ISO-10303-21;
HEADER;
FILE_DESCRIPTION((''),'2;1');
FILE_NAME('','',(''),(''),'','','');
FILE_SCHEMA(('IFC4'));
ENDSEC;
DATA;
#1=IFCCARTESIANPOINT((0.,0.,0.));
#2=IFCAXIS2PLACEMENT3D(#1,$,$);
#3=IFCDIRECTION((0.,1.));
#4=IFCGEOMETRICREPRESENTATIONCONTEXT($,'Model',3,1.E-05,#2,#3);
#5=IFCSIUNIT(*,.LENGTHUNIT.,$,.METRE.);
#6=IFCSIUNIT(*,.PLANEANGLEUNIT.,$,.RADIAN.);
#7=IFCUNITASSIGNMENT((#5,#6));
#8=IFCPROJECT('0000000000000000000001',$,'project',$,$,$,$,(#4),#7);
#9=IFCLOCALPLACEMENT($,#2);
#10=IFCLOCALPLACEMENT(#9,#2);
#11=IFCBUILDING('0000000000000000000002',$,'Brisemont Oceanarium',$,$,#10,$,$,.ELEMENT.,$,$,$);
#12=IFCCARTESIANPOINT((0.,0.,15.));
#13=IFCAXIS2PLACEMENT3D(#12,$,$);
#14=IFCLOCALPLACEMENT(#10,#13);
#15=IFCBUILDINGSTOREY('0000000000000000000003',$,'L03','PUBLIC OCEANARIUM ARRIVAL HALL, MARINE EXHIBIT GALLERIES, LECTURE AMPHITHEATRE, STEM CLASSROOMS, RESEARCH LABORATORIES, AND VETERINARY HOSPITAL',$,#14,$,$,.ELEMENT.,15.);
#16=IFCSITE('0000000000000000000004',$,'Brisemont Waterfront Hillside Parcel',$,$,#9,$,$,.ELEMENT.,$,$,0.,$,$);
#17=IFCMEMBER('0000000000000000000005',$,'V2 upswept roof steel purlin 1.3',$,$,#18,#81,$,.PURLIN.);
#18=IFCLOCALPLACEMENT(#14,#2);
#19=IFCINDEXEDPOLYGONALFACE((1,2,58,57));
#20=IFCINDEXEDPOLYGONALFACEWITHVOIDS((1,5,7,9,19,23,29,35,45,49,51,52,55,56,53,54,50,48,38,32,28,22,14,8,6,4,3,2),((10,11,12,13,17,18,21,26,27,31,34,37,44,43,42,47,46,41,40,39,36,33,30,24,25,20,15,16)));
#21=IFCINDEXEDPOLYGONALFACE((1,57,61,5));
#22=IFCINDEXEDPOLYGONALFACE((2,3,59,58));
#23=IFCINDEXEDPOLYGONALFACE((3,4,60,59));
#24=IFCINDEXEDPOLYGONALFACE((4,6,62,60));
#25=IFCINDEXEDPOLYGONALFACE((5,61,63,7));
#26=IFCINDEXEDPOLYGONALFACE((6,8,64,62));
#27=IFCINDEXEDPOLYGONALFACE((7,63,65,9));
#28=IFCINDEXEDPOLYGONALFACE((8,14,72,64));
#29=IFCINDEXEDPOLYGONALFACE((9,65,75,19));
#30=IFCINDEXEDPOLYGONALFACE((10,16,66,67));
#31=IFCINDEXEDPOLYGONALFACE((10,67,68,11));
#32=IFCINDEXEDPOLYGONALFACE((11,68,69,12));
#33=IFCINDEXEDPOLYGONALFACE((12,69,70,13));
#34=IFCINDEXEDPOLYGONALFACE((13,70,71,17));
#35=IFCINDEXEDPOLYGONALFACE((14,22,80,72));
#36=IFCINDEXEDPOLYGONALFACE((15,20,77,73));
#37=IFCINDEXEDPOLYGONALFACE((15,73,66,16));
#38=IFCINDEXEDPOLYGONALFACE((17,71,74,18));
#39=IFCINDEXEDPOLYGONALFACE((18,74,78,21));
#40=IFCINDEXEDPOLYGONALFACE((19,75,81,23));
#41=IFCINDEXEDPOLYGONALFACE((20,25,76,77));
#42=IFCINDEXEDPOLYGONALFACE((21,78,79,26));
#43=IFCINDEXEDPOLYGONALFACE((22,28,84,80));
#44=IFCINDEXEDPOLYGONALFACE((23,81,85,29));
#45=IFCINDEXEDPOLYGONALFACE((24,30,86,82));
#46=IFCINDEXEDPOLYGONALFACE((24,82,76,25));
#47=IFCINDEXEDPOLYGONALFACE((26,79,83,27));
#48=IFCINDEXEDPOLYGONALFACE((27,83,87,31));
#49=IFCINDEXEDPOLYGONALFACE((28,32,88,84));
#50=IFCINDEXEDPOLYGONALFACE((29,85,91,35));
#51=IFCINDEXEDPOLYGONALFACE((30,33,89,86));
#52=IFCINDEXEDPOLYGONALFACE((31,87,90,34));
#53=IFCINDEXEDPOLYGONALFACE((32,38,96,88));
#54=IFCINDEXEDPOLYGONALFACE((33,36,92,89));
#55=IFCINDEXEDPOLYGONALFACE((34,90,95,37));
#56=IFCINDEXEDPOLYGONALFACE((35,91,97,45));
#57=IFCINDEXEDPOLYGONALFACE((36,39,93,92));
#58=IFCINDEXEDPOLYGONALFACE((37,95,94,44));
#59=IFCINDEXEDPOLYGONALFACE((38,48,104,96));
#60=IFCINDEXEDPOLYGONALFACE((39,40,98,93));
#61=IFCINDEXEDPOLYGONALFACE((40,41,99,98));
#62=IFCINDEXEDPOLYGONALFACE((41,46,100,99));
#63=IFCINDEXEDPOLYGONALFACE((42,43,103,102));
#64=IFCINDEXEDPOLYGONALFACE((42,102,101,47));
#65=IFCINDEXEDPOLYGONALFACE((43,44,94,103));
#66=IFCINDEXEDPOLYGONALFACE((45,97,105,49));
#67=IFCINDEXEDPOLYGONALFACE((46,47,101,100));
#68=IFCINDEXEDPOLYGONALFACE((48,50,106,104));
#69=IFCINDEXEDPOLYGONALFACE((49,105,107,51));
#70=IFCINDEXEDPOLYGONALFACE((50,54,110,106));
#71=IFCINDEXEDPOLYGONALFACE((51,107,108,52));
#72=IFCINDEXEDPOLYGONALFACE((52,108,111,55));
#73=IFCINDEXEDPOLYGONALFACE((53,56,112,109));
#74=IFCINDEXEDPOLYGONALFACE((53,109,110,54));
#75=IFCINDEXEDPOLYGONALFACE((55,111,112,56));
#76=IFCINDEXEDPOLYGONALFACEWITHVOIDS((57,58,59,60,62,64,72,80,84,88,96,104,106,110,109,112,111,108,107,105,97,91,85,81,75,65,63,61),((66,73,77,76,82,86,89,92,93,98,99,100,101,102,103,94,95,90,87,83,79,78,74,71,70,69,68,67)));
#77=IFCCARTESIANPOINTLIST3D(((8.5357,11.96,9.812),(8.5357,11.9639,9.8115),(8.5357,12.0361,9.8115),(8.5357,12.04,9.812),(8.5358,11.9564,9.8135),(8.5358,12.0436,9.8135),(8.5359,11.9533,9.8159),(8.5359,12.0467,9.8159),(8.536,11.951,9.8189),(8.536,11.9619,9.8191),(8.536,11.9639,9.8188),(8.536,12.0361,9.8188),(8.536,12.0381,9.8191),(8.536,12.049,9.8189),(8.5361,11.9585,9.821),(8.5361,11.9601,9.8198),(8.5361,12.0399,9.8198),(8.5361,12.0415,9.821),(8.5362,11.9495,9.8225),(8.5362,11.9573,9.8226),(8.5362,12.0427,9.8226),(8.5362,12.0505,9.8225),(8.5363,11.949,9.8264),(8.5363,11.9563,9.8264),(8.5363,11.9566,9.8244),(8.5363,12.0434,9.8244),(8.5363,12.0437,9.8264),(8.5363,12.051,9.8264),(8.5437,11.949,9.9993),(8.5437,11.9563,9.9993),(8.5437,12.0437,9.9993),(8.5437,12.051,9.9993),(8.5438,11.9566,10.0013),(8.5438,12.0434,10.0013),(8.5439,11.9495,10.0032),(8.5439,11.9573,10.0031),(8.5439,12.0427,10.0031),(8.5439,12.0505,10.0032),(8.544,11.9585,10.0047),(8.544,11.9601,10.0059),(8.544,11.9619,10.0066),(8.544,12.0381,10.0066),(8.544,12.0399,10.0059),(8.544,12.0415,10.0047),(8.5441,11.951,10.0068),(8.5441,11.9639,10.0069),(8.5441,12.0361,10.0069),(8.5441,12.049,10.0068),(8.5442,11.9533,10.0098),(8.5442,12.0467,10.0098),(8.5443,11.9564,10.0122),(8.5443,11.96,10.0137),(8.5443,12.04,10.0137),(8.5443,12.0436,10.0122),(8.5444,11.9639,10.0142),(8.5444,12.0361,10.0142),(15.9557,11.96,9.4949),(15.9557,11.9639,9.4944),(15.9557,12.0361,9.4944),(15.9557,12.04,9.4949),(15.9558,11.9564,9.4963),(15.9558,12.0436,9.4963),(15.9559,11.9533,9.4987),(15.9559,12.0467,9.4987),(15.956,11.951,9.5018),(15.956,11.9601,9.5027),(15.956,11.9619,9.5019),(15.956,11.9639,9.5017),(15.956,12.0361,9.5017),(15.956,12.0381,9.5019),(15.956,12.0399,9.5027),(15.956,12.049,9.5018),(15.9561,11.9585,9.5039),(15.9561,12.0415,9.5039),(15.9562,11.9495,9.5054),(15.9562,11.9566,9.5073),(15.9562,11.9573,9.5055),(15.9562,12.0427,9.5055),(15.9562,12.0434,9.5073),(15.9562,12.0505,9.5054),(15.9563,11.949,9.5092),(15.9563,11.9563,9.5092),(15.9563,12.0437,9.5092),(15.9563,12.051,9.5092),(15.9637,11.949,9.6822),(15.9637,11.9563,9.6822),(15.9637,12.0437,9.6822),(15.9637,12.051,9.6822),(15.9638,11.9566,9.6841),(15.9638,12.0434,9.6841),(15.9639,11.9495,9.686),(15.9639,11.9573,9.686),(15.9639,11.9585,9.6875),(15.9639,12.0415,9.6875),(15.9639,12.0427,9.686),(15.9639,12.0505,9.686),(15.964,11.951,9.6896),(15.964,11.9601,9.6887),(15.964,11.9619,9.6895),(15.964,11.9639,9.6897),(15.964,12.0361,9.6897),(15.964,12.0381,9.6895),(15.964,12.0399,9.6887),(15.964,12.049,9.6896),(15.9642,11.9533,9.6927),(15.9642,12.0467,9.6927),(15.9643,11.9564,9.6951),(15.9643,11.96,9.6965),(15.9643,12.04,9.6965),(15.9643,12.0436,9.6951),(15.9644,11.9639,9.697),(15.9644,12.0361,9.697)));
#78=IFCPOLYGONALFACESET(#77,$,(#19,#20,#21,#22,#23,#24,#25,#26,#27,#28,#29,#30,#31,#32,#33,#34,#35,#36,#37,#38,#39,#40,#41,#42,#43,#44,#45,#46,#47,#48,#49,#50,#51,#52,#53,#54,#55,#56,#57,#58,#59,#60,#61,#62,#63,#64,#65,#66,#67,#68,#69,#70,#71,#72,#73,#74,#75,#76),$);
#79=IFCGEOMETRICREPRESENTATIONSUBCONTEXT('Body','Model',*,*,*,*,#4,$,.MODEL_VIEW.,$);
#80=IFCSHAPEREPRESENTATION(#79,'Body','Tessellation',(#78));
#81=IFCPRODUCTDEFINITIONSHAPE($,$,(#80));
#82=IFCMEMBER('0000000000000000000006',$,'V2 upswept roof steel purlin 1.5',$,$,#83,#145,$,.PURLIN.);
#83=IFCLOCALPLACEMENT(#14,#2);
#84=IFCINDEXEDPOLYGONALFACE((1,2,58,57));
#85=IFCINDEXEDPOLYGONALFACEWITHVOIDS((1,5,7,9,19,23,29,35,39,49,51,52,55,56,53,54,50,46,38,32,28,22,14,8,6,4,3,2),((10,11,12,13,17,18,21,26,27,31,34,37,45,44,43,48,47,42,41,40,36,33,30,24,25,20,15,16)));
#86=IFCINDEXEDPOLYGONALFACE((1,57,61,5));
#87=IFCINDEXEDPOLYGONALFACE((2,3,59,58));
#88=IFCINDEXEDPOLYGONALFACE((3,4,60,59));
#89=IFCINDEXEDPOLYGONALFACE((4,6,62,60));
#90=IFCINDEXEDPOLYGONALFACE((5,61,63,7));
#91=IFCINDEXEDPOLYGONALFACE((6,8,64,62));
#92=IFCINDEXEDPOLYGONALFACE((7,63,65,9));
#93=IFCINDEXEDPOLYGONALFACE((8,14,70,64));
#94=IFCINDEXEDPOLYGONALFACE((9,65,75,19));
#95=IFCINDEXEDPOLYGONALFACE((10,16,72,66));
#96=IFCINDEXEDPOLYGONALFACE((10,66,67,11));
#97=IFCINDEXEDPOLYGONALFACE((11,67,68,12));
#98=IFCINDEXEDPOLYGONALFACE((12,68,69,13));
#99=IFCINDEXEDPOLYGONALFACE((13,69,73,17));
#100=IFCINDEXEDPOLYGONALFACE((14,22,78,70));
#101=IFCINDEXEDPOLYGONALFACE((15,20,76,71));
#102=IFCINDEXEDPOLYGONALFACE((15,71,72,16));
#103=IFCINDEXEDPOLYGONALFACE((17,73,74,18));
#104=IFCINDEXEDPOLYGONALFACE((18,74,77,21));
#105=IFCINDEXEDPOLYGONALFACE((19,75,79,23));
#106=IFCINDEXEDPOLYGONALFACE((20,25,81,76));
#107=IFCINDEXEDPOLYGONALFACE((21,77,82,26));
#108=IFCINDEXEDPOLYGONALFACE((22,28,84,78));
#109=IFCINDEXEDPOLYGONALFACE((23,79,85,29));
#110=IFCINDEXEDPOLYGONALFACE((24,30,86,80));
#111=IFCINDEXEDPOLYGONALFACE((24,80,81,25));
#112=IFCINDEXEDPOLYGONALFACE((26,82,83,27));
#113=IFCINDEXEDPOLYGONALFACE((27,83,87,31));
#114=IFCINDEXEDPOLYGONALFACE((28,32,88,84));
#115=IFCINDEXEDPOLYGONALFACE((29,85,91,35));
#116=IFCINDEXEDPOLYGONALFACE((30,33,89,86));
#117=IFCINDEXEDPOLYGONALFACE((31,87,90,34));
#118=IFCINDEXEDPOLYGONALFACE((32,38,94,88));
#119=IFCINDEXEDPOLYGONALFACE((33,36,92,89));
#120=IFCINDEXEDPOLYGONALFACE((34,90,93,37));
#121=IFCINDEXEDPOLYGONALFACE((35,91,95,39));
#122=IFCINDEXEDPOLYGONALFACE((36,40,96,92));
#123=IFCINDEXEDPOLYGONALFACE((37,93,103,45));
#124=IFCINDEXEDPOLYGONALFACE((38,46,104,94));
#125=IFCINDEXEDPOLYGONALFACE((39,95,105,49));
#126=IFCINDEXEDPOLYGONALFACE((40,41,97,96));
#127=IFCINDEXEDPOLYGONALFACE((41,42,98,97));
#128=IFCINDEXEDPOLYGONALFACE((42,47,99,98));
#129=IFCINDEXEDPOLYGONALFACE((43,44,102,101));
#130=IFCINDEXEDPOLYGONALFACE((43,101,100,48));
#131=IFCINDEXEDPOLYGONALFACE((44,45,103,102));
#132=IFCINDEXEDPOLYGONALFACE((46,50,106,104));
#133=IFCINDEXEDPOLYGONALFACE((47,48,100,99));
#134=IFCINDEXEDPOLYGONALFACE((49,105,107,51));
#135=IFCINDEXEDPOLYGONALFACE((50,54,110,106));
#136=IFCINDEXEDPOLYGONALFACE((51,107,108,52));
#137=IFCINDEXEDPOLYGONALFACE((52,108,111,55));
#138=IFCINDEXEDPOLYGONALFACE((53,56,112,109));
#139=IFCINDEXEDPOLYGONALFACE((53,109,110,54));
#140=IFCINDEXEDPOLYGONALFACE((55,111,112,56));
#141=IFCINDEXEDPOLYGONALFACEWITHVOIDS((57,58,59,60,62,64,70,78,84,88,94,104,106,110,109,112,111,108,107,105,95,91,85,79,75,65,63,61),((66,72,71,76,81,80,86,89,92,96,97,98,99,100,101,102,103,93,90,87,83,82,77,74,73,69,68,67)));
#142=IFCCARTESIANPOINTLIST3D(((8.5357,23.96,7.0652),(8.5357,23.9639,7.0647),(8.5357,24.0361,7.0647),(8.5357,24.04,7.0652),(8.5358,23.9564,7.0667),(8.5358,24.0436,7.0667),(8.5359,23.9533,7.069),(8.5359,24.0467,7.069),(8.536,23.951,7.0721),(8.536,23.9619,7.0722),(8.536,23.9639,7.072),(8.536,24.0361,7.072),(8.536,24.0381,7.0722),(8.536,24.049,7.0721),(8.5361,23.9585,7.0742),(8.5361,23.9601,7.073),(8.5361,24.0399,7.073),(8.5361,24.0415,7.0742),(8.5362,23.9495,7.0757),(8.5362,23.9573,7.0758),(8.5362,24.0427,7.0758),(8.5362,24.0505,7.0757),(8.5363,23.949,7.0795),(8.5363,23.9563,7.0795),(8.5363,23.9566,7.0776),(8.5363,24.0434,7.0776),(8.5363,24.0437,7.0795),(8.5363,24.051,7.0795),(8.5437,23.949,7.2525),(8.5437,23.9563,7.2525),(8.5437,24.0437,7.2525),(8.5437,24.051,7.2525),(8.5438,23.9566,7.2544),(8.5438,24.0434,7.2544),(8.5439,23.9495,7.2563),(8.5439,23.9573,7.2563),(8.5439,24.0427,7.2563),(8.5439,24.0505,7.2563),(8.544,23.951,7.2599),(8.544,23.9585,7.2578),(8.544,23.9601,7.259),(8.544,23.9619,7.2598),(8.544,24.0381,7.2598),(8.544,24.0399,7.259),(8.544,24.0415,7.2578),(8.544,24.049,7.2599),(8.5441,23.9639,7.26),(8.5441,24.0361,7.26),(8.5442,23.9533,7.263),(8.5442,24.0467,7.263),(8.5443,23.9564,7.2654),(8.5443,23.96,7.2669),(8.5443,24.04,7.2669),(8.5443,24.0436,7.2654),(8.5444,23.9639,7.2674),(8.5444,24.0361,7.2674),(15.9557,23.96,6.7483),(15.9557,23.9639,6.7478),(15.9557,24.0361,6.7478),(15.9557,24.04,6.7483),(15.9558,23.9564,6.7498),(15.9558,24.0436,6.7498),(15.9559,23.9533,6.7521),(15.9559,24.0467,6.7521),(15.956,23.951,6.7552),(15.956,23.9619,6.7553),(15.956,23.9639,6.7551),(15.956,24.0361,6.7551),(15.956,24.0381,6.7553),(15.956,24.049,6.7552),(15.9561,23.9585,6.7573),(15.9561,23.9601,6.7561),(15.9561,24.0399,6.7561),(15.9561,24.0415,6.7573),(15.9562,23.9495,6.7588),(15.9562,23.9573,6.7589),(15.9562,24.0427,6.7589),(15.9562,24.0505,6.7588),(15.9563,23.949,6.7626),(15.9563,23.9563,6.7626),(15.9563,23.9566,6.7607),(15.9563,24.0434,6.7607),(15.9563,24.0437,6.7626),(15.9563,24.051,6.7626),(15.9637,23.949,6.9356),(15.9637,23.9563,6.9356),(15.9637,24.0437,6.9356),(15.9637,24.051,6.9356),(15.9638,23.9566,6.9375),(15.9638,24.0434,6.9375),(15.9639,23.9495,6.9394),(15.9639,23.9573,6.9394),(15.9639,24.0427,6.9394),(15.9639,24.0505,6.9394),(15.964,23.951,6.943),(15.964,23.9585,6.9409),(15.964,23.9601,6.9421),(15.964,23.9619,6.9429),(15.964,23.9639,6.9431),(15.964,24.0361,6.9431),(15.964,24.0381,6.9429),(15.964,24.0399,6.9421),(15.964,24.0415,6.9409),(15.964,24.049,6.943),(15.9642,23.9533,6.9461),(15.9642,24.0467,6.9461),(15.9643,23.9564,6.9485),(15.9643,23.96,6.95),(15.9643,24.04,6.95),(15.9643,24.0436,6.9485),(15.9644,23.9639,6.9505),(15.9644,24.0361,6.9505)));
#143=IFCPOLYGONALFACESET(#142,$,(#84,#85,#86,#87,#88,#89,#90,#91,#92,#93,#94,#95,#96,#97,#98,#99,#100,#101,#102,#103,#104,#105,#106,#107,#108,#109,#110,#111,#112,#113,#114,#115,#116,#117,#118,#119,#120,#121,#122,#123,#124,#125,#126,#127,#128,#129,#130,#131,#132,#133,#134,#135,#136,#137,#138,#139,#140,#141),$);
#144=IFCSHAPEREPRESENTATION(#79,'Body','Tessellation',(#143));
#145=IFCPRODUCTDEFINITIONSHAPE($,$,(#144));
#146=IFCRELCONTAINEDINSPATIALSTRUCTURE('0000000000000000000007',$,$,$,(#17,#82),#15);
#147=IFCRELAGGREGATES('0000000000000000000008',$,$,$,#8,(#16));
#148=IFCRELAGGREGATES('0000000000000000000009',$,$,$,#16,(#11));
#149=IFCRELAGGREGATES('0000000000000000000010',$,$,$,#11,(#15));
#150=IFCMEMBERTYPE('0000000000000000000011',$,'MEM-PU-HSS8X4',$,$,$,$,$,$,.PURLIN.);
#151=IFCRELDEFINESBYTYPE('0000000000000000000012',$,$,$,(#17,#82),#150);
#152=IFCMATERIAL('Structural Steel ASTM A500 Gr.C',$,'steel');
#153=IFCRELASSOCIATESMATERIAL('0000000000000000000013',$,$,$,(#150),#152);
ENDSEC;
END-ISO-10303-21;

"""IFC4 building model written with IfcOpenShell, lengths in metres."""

from ifc_helpers import new_model, si_unit, direction, frame, origin, origin_2d, place, context, subcontext, project, spatial, hollow_rectangle, extrude, material, material_profile, profile_set, type_object, element, save


model = new_model("IFC4")

# Units and contexts
model_context = context("Model", 3, precision=1e-05, world=origin(), true_north=direction((0.0, 1.0)))
body_context = subcontext(model_context, "Body", "Model", "MODEL_VIEW")
ifc_project = project(units=[si_unit("LENGTHUNIT", "METRE"), si_unit("PLANEANGLEUNIT", "RADIAN")], contexts=[model_context])

# Site, building, storey
site_placement = place(None, origin())
site = spatial("IfcSite", under=ifc_project, at=site_placement, Name="Brisemont Waterfront Hillside Parcel", CompositionType="ELEMENT", RefElevation=0.0)
building_placement = place(site_placement, origin())
building = spatial("IfcBuilding", under=site, at=building_placement, Name="Brisemont Oceanarium", CompositionType="ELEMENT")
storey_placement = place(building_placement, frame((0.0, 0.0, 15.0)))
storey = spatial("IfcBuildingStorey", under=building, at=storey_placement, Name="L03", Description="PUBLIC OCEANARIUM ARRIVAL HALL, MARINE EXHIBIT GALLERIES, LECTURE AMPHITHEATRE, STEM CLASSROOMS, RESEARCH LABORATORIES, AND VETERINARY HOSPITAL", CompositionType="ELEMENT", Elevation=15.0)

# Members
ifc_material_1 = material(Name="Structural Steel ASTM A500 Gr.C", Category="steel")
ifc_material_profile_1 = material_profile(ifc_material_1, hollow_rectangle(XDim=0.1021, YDim=0.2029, WallThickness=0.0073, InnerFilletRadius=0.0076, OuterFilletRadius=0.0149, at=origin_2d()), Name="HSS8X4X5/16")
ifc_profile_set_1 = profile_set([ifc_material_profile_1], Name="Structural Steel ASTM A500 Gr.C")
member_type_1 = type_object("IfcMemberType", Name="MEM-PU-HSS8X4", PredefinedType="PURLIN", material=ifc_profile_set_1)
for number, where, z_axis, x_axis, name in (
    (1, (8.54, 12.0, 9.9128), (0.999088, 0.0, -0.042703), (0.0, 1.0, 0.0), "V2 upswept roof steel purlin 1.3"),
    (2, (8.54, 24.0, 7.166), (0.999089, 0.0, -0.04267), (0.0, 1.0, 0.0), "V2 upswept roof steel purlin 1.5"),
):
    element("IfcMember", number, at=place(storey_placement, frame(where, z_axis=z_axis, x_axis=x_axis)), inside=storey, type_object=member_type_1, Name=name, PredefinedType="PURLIN", context=body_context, shape_type="SweptSolid", body=[
        extrude(hollow_rectangle(XDim=0.1021, YDim=0.2029, WallThickness=0.0073, InnerFilletRadius=0.0076, OuterFilletRadius=0.0149, at=origin_2d()), origin(), (0.0, 0.0, 1.0), 7.4268),
    ])

save(model, "model.ifc")
